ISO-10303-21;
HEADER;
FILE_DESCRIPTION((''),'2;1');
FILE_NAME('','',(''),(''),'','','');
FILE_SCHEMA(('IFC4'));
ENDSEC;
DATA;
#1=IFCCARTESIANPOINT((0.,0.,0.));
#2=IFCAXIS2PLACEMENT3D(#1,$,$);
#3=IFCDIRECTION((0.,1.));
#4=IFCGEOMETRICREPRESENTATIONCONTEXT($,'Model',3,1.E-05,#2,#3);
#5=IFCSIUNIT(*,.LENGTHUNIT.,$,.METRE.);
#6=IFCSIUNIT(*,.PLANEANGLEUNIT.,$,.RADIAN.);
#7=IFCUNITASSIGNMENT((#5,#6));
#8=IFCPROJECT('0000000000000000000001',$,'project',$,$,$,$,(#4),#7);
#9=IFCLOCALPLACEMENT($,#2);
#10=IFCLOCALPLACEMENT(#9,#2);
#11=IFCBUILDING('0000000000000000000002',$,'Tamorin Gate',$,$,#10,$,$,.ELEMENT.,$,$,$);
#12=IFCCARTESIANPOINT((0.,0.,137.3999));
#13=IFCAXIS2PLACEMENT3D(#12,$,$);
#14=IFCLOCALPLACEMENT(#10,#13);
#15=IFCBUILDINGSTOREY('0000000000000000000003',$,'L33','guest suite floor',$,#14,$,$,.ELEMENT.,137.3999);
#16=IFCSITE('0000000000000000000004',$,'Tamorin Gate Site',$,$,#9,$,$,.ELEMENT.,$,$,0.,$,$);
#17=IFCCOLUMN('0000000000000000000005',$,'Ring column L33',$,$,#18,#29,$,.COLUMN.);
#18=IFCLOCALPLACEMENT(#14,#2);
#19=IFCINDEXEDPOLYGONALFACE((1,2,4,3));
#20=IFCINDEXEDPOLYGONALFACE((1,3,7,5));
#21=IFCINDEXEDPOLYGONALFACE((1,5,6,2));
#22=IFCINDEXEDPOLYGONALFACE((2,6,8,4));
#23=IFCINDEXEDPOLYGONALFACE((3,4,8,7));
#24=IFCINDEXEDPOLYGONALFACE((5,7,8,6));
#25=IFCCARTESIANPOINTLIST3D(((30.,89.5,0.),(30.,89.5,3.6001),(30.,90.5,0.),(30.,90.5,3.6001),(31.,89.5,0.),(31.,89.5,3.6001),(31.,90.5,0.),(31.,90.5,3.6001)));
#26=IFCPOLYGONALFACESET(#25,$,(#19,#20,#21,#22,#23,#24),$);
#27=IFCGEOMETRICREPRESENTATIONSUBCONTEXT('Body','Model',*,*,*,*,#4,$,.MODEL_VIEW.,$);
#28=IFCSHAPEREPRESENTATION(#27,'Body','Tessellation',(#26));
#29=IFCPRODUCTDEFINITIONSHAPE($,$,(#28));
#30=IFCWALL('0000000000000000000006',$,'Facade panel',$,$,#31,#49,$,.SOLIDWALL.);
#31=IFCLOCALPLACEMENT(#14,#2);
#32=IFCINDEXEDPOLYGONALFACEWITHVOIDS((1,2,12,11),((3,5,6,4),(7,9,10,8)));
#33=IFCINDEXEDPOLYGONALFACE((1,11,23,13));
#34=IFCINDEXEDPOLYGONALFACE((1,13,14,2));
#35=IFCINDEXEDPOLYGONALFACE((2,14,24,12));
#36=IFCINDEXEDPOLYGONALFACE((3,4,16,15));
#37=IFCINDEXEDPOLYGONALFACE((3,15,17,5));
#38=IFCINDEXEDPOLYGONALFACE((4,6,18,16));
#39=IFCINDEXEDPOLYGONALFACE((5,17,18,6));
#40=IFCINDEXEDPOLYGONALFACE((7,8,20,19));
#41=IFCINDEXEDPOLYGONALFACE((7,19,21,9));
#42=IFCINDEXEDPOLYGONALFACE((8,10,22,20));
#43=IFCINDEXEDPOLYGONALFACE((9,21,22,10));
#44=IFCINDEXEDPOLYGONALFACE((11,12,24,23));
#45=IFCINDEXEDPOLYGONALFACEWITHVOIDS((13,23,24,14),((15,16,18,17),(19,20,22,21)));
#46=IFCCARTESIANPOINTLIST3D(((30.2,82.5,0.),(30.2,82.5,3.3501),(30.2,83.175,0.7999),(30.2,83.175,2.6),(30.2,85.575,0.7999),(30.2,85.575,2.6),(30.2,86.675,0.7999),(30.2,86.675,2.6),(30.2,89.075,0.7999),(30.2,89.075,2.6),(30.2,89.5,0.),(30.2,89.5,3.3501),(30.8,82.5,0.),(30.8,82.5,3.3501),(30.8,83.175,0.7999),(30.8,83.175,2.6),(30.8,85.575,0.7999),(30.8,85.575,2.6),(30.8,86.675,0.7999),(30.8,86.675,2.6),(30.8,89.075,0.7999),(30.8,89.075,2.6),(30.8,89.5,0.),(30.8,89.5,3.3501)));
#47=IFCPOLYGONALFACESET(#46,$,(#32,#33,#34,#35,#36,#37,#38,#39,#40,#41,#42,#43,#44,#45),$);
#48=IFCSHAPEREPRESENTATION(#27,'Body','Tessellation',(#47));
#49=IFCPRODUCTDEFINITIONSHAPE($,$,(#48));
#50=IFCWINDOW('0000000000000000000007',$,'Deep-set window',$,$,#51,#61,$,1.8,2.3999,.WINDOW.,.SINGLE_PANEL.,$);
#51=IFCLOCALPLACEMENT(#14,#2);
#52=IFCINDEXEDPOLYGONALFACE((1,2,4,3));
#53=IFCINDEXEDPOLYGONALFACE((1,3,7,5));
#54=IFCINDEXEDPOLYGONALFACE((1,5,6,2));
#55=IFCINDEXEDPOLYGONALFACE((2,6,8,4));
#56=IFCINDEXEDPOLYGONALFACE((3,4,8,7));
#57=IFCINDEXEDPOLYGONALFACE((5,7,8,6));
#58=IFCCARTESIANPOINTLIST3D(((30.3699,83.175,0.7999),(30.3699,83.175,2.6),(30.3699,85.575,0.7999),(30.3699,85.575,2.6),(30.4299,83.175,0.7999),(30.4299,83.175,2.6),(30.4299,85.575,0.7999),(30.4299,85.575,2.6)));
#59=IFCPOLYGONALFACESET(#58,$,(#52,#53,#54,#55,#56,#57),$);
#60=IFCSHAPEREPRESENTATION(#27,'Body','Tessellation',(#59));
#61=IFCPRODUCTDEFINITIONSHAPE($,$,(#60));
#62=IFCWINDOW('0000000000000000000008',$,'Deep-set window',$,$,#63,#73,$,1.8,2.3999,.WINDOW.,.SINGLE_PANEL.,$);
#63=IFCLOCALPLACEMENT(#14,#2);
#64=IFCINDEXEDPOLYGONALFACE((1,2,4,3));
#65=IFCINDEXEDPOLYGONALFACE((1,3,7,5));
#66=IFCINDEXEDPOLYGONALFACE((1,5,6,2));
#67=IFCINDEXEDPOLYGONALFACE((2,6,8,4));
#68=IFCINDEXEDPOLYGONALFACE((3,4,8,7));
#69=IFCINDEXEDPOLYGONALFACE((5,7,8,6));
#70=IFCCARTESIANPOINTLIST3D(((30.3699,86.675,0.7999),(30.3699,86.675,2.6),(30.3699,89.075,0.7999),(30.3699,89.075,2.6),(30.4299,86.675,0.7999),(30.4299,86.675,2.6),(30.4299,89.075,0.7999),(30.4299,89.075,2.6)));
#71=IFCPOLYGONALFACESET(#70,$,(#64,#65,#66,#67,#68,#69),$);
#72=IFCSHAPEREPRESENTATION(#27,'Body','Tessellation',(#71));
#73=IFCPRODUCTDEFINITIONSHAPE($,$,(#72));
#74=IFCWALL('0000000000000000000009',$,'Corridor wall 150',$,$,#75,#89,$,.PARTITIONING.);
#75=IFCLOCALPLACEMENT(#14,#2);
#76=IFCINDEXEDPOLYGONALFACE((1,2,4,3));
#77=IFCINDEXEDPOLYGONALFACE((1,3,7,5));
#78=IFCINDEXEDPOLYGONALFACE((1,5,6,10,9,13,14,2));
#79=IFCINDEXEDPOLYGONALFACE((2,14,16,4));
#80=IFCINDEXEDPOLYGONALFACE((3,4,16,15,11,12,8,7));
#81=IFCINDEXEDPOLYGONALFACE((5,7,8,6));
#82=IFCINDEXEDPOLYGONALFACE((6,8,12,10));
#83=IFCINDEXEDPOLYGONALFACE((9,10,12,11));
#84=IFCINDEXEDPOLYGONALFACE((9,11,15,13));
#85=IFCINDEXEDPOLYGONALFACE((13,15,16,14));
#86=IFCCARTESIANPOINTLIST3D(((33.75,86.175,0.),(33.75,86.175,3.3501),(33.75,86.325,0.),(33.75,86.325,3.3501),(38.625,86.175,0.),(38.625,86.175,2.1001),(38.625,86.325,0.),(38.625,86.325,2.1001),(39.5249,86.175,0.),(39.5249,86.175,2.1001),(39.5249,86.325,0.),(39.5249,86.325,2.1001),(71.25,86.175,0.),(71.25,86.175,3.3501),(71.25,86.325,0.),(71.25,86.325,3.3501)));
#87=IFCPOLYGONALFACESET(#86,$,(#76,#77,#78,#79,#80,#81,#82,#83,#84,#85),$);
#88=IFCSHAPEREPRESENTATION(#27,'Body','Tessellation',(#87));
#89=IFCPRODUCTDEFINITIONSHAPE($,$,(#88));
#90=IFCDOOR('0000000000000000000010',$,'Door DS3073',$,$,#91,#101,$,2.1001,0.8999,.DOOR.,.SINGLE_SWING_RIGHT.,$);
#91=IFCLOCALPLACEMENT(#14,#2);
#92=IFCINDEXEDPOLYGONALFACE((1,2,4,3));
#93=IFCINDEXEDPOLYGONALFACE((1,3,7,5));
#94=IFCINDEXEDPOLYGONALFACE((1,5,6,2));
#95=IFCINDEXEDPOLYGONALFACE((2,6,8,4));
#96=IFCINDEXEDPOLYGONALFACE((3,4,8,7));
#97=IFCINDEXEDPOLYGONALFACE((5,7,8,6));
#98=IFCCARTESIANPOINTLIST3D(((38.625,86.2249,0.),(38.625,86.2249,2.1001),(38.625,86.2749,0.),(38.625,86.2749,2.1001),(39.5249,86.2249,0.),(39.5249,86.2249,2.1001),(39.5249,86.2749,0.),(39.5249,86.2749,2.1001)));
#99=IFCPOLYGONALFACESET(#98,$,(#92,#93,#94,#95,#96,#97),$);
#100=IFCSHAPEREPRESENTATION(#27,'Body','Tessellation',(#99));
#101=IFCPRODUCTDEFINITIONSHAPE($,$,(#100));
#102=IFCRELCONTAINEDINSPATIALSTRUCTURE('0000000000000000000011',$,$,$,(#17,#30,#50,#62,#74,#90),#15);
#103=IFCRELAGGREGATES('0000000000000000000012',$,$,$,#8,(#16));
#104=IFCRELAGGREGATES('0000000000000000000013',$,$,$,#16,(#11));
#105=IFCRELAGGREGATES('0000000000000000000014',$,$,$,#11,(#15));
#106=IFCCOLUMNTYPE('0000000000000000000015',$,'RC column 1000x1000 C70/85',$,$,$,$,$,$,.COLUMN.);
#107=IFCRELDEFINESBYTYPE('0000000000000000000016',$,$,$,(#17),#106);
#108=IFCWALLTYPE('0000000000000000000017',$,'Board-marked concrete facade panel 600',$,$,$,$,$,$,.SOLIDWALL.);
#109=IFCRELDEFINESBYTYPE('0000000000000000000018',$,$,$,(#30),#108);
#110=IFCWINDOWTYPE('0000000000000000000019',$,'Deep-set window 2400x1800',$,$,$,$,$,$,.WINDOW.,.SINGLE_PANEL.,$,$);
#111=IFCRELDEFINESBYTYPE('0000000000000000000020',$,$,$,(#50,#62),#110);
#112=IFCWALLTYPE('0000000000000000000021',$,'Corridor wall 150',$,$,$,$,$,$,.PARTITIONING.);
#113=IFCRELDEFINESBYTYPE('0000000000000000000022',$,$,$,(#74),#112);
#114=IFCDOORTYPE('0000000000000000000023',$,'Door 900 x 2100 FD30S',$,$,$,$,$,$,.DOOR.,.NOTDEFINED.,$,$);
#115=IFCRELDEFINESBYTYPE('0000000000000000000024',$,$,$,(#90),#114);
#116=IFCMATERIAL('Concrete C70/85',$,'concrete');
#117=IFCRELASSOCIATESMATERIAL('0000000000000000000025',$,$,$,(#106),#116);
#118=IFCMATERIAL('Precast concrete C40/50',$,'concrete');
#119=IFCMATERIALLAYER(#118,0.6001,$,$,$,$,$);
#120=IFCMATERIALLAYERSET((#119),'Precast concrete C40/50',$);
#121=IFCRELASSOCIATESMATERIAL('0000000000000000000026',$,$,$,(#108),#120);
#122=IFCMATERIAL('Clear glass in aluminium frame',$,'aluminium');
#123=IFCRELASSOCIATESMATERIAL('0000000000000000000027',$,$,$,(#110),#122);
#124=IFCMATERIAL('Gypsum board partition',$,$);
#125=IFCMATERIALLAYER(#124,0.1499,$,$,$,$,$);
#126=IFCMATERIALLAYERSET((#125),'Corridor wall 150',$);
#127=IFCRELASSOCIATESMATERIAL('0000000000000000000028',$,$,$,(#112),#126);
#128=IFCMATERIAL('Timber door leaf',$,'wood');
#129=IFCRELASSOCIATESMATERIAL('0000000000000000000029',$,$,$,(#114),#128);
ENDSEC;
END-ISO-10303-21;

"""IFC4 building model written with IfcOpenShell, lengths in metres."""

from ifc_helpers import new_model, si_unit, direction, frame, frame_2d, origin, origin_2d, place, context, subcontext, project, spatial, rectangle, extrude, material, layer, layer_set, material_profile, profile_set, type_object, element, fill, save


model = new_model("IFC4")

# Units and contexts
model_context = context("Model", 3, precision=1e-05, world=origin(), true_north=direction((0.0, 1.0)))
body_context = subcontext(model_context, "Body", "Model", "MODEL_VIEW")
ifc_project = project(units=[si_unit("LENGTHUNIT", "METRE"), si_unit("PLANEANGLEUNIT", "RADIAN")], contexts=[model_context])

# Site, building, storey
site_placement = place(None, origin())
site = spatial("IfcSite", under=ifc_project, at=site_placement, Name="Tamorin Gate Site", CompositionType="ELEMENT", RefElevation=0.0)
building_placement = place(site_placement, origin())
building = spatial("IfcBuilding", under=site, at=building_placement, Name="Tamorin Gate", CompositionType="ELEMENT")
storey_placement = place(building_placement, frame((0.0, 0.0, 137.3999)))
storey = spatial("IfcBuildingStorey", under=building, at=storey_placement, Name="L33", Description="guest suite floor", CompositionType="ELEMENT", Elevation=137.3999)

# Column
ifc_material_1 = material(Name="Concrete C70/85", Category="concrete")
ifc_material_profile = material_profile(ifc_material_1, rectangle(XDim=1.0, YDim=1.0, at=origin_2d()), Name="RC 1000x1000")
ifc_profile_set = profile_set([ifc_material_profile], Name="Concrete C70/85")
column_type = type_object("IfcColumnType", Name="RC column 1000x1000 C70/85", PredefinedType="COLUMN", material=ifc_profile_set)
column_placement = place(storey_placement, frame((30.5, 90.0, 0.0), z_axis=(0.0, 0.0, 1.0), x_axis=(1.0, 0.0, 0.0)))
element("IfcColumn", 1, at=column_placement, inside=storey, type_object=column_type, Name="Ring column L33", PredefinedType="COLUMN", context=body_context, shape_type="SweptSolid", body=[
    extrude(rectangle(XDim=1.0, YDim=1.0, at=origin_2d()), origin(), (0.0, 0.0, 1.0), 3.6001),
])

# Wall, openings, windows
ifc_material_2 = material(Name="Precast concrete C40/50", Category="concrete")
ifc_layer_1 = layer(ifc_material_2, 0.6001)
ifc_layer_set_1 = layer_set([ifc_layer_1], Name="Precast concrete C40/50")
wall_type_1 = type_object("IfcWallType", Name="Board-marked concrete facade panel 600", PredefinedType="SOLIDWALL", material=ifc_layer_set_1)
wall_1_placement = place(storey_placement, frame((30.5, 89.5, 0.0), z_axis=(0.0, 0.0, 1.0), x_axis=(0.0, -1.0, 0.0)))
wall_1 = element("IfcWall", 2, at=wall_1_placement, inside=storey, type_object=wall_type_1, Name="Facade panel", PredefinedType="SOLIDWALL", context=body_context, shape_type="SweptSolid", body=[
    extrude(rectangle(XDim=7.0, YDim=0.6001, at=frame_2d((3.5, 0.0))), origin(), (0.0, 0.0, 1.0), 3.3501),
])
opening_1_placement = place(wall_1_placement, frame((3.925, 0.0, 0.8)))
opening_1 = element("IfcOpeningElement", 3, at=opening_1_placement, cuts=wall_1, PredefinedType="OPENING", context=body_context, shape_type="SweptSolid", body=[
    extrude(rectangle(XDim=2.3999, YDim=1.8, at=frame_2d((1.2, 0.8999))), frame((0.0, 0.3101, 0.0), z_axis=(0.0, -1.0, 0.0), x_axis=(1.0, 0.0, 0.0)), (0.0, 0.0, 1.0), 0.6201),
])
opening_2_placement = place(wall_1_placement, frame((0.425, 0.0, 0.8)))
opening_2 = element("IfcOpeningElement", 4, at=opening_2_placement, cuts=wall_1, PredefinedType="OPENING", context=body_context, shape_type="SweptSolid", body=[
    extrude(rectangle(XDim=2.3999, YDim=1.8, at=frame_2d((1.2, 0.8999))), frame((0.0, 0.3101, 0.0), z_axis=(0.0, -1.0, 0.0), x_axis=(1.0, 0.0, 0.0)), (0.0, 0.0, 1.0), 0.6201),
])
ifc_material_3 = material(Name="Clear glass in aluminium frame", Category="aluminium")
window_type = type_object("IfcWindowType", Name="Deep-set window 2400x1800", PartitioningType="SINGLE_PANEL", PredefinedType="WINDOW", material=ifc_material_3)
window_1_placement = place(opening_1_placement, origin())
window_1 = element("IfcWindow", 5, at=window_1_placement, inside=storey, type_object=window_type, Name="Deep-set window", OverallHeight=1.8, OverallWidth=2.3999, PartitioningType="SINGLE_PANEL", PredefinedType="WINDOW", context=body_context, shape_type="SweptSolid", body=[
    extrude(rectangle(XDim=2.3999, YDim=1.8, at=frame_2d((1.2, 0.8999))), frame((0.0, -0.0701, 0.0), z_axis=(0.0, -1.0, 0.0), x_axis=(1.0, 0.0, 0.0)), (0.0, 0.0, 1.0), 0.0601),
])
fill(opening_1, window_1)
window_2_placement = place(opening_2_placement, origin())
window_2 = element("IfcWindow", 6, at=window_2_placement, inside=storey, type_object=window_type, Name="Deep-set window", OverallHeight=1.8, OverallWidth=2.3999, PartitioningType="SINGLE_PANEL", PredefinedType="WINDOW", context=body_context, shape_type="SweptSolid", body=[
    extrude(rectangle(XDim=2.3999, YDim=1.8, at=frame_2d((1.2, 0.8999))), frame((0.0, -0.0701, 0.0), z_axis=(0.0, -1.0, 0.0), x_axis=(1.0, 0.0, 0.0)), (0.0, 0.0, 1.0), 0.0601),
])
fill(opening_2, window_2)

# Wall, opening, door
ifc_material_4 = material(Name="Gypsum board partition")
ifc_layer_2 = layer(ifc_material_4, 0.1499)
ifc_layer_set_2 = layer_set([ifc_layer_2], Name="Corridor wall 150")
wall_type_2 = type_object("IfcWallType", Name="Corridor wall 150", PredefinedType="PARTITIONING", material=ifc_layer_set_2)
wall_2_placement = place(storey_placement, frame((33.75, 86.25, 0.0), z_axis=(0.0, 0.0, 1.0), x_axis=(1.0, 0.0, 0.0)))
wall_2 = element("IfcWall", 7, at=wall_2_placement, inside=storey, type_object=wall_type_2, Name="Corridor wall 150", PredefinedType="PARTITIONING", context=body_context, shape_type="SweptSolid", body=[
    extrude(rectangle(XDim=37.5, YDim=0.1499, at=frame_2d((18.75, 0.0))), origin(), (0.0, 0.0, 1.0), 3.3501),
])
opening_3_placement = place(wall_2_placement, frame((4.875, 0.0, 0.0)))
opening_3 = element("IfcOpeningElement", 8, at=opening_3_placement, cuts=wall_2, PredefinedType="OPENING", context=body_context, shape_type="SweptSolid", body=[
    extrude(rectangle(XDim=0.8999, YDim=2.1001, at=frame_2d((0.45, 1.05))), frame((0.0, 0.085, 0.0), z_axis=(0.0, -1.0, 0.0), x_axis=(1.0, 0.0, 0.0)), (0.0, 0.0, 1.0), 0.1699),
])
ifc_material_5 = material(Name="Timber door leaf", Category="wood")
door_type_1 = type_object("IfcDoorType", Name="Door 900 x 2100 FD30S", OperationType="NOTDEFINED", PredefinedType="DOOR", material=ifc_material_5)
door_1_placement = place(opening_3_placement, origin())
door_1 = element("IfcDoor", 9, at=door_1_placement, inside=storey, type_object=door_type_1, Name="Door DS3073", OperationType="SINGLE_SWING_RIGHT", OverallHeight=2.1001, OverallWidth=0.8999, PredefinedType="DOOR", context=body_context, shape_type="SweptSolid", body=[
    extrude(rectangle(XDim=0.8999, YDim=2.1001, at=frame_2d((0.45, 1.05))), frame((0.0, 0.0249, 0.0), z_axis=(0.0, -1.0, 0.0), x_axis=(1.0, 0.0, 0.0)), (0.0, 0.0, 1.0), 0.05),
])
fill(opening_3, door_1)

save(model, "model.ifc")
